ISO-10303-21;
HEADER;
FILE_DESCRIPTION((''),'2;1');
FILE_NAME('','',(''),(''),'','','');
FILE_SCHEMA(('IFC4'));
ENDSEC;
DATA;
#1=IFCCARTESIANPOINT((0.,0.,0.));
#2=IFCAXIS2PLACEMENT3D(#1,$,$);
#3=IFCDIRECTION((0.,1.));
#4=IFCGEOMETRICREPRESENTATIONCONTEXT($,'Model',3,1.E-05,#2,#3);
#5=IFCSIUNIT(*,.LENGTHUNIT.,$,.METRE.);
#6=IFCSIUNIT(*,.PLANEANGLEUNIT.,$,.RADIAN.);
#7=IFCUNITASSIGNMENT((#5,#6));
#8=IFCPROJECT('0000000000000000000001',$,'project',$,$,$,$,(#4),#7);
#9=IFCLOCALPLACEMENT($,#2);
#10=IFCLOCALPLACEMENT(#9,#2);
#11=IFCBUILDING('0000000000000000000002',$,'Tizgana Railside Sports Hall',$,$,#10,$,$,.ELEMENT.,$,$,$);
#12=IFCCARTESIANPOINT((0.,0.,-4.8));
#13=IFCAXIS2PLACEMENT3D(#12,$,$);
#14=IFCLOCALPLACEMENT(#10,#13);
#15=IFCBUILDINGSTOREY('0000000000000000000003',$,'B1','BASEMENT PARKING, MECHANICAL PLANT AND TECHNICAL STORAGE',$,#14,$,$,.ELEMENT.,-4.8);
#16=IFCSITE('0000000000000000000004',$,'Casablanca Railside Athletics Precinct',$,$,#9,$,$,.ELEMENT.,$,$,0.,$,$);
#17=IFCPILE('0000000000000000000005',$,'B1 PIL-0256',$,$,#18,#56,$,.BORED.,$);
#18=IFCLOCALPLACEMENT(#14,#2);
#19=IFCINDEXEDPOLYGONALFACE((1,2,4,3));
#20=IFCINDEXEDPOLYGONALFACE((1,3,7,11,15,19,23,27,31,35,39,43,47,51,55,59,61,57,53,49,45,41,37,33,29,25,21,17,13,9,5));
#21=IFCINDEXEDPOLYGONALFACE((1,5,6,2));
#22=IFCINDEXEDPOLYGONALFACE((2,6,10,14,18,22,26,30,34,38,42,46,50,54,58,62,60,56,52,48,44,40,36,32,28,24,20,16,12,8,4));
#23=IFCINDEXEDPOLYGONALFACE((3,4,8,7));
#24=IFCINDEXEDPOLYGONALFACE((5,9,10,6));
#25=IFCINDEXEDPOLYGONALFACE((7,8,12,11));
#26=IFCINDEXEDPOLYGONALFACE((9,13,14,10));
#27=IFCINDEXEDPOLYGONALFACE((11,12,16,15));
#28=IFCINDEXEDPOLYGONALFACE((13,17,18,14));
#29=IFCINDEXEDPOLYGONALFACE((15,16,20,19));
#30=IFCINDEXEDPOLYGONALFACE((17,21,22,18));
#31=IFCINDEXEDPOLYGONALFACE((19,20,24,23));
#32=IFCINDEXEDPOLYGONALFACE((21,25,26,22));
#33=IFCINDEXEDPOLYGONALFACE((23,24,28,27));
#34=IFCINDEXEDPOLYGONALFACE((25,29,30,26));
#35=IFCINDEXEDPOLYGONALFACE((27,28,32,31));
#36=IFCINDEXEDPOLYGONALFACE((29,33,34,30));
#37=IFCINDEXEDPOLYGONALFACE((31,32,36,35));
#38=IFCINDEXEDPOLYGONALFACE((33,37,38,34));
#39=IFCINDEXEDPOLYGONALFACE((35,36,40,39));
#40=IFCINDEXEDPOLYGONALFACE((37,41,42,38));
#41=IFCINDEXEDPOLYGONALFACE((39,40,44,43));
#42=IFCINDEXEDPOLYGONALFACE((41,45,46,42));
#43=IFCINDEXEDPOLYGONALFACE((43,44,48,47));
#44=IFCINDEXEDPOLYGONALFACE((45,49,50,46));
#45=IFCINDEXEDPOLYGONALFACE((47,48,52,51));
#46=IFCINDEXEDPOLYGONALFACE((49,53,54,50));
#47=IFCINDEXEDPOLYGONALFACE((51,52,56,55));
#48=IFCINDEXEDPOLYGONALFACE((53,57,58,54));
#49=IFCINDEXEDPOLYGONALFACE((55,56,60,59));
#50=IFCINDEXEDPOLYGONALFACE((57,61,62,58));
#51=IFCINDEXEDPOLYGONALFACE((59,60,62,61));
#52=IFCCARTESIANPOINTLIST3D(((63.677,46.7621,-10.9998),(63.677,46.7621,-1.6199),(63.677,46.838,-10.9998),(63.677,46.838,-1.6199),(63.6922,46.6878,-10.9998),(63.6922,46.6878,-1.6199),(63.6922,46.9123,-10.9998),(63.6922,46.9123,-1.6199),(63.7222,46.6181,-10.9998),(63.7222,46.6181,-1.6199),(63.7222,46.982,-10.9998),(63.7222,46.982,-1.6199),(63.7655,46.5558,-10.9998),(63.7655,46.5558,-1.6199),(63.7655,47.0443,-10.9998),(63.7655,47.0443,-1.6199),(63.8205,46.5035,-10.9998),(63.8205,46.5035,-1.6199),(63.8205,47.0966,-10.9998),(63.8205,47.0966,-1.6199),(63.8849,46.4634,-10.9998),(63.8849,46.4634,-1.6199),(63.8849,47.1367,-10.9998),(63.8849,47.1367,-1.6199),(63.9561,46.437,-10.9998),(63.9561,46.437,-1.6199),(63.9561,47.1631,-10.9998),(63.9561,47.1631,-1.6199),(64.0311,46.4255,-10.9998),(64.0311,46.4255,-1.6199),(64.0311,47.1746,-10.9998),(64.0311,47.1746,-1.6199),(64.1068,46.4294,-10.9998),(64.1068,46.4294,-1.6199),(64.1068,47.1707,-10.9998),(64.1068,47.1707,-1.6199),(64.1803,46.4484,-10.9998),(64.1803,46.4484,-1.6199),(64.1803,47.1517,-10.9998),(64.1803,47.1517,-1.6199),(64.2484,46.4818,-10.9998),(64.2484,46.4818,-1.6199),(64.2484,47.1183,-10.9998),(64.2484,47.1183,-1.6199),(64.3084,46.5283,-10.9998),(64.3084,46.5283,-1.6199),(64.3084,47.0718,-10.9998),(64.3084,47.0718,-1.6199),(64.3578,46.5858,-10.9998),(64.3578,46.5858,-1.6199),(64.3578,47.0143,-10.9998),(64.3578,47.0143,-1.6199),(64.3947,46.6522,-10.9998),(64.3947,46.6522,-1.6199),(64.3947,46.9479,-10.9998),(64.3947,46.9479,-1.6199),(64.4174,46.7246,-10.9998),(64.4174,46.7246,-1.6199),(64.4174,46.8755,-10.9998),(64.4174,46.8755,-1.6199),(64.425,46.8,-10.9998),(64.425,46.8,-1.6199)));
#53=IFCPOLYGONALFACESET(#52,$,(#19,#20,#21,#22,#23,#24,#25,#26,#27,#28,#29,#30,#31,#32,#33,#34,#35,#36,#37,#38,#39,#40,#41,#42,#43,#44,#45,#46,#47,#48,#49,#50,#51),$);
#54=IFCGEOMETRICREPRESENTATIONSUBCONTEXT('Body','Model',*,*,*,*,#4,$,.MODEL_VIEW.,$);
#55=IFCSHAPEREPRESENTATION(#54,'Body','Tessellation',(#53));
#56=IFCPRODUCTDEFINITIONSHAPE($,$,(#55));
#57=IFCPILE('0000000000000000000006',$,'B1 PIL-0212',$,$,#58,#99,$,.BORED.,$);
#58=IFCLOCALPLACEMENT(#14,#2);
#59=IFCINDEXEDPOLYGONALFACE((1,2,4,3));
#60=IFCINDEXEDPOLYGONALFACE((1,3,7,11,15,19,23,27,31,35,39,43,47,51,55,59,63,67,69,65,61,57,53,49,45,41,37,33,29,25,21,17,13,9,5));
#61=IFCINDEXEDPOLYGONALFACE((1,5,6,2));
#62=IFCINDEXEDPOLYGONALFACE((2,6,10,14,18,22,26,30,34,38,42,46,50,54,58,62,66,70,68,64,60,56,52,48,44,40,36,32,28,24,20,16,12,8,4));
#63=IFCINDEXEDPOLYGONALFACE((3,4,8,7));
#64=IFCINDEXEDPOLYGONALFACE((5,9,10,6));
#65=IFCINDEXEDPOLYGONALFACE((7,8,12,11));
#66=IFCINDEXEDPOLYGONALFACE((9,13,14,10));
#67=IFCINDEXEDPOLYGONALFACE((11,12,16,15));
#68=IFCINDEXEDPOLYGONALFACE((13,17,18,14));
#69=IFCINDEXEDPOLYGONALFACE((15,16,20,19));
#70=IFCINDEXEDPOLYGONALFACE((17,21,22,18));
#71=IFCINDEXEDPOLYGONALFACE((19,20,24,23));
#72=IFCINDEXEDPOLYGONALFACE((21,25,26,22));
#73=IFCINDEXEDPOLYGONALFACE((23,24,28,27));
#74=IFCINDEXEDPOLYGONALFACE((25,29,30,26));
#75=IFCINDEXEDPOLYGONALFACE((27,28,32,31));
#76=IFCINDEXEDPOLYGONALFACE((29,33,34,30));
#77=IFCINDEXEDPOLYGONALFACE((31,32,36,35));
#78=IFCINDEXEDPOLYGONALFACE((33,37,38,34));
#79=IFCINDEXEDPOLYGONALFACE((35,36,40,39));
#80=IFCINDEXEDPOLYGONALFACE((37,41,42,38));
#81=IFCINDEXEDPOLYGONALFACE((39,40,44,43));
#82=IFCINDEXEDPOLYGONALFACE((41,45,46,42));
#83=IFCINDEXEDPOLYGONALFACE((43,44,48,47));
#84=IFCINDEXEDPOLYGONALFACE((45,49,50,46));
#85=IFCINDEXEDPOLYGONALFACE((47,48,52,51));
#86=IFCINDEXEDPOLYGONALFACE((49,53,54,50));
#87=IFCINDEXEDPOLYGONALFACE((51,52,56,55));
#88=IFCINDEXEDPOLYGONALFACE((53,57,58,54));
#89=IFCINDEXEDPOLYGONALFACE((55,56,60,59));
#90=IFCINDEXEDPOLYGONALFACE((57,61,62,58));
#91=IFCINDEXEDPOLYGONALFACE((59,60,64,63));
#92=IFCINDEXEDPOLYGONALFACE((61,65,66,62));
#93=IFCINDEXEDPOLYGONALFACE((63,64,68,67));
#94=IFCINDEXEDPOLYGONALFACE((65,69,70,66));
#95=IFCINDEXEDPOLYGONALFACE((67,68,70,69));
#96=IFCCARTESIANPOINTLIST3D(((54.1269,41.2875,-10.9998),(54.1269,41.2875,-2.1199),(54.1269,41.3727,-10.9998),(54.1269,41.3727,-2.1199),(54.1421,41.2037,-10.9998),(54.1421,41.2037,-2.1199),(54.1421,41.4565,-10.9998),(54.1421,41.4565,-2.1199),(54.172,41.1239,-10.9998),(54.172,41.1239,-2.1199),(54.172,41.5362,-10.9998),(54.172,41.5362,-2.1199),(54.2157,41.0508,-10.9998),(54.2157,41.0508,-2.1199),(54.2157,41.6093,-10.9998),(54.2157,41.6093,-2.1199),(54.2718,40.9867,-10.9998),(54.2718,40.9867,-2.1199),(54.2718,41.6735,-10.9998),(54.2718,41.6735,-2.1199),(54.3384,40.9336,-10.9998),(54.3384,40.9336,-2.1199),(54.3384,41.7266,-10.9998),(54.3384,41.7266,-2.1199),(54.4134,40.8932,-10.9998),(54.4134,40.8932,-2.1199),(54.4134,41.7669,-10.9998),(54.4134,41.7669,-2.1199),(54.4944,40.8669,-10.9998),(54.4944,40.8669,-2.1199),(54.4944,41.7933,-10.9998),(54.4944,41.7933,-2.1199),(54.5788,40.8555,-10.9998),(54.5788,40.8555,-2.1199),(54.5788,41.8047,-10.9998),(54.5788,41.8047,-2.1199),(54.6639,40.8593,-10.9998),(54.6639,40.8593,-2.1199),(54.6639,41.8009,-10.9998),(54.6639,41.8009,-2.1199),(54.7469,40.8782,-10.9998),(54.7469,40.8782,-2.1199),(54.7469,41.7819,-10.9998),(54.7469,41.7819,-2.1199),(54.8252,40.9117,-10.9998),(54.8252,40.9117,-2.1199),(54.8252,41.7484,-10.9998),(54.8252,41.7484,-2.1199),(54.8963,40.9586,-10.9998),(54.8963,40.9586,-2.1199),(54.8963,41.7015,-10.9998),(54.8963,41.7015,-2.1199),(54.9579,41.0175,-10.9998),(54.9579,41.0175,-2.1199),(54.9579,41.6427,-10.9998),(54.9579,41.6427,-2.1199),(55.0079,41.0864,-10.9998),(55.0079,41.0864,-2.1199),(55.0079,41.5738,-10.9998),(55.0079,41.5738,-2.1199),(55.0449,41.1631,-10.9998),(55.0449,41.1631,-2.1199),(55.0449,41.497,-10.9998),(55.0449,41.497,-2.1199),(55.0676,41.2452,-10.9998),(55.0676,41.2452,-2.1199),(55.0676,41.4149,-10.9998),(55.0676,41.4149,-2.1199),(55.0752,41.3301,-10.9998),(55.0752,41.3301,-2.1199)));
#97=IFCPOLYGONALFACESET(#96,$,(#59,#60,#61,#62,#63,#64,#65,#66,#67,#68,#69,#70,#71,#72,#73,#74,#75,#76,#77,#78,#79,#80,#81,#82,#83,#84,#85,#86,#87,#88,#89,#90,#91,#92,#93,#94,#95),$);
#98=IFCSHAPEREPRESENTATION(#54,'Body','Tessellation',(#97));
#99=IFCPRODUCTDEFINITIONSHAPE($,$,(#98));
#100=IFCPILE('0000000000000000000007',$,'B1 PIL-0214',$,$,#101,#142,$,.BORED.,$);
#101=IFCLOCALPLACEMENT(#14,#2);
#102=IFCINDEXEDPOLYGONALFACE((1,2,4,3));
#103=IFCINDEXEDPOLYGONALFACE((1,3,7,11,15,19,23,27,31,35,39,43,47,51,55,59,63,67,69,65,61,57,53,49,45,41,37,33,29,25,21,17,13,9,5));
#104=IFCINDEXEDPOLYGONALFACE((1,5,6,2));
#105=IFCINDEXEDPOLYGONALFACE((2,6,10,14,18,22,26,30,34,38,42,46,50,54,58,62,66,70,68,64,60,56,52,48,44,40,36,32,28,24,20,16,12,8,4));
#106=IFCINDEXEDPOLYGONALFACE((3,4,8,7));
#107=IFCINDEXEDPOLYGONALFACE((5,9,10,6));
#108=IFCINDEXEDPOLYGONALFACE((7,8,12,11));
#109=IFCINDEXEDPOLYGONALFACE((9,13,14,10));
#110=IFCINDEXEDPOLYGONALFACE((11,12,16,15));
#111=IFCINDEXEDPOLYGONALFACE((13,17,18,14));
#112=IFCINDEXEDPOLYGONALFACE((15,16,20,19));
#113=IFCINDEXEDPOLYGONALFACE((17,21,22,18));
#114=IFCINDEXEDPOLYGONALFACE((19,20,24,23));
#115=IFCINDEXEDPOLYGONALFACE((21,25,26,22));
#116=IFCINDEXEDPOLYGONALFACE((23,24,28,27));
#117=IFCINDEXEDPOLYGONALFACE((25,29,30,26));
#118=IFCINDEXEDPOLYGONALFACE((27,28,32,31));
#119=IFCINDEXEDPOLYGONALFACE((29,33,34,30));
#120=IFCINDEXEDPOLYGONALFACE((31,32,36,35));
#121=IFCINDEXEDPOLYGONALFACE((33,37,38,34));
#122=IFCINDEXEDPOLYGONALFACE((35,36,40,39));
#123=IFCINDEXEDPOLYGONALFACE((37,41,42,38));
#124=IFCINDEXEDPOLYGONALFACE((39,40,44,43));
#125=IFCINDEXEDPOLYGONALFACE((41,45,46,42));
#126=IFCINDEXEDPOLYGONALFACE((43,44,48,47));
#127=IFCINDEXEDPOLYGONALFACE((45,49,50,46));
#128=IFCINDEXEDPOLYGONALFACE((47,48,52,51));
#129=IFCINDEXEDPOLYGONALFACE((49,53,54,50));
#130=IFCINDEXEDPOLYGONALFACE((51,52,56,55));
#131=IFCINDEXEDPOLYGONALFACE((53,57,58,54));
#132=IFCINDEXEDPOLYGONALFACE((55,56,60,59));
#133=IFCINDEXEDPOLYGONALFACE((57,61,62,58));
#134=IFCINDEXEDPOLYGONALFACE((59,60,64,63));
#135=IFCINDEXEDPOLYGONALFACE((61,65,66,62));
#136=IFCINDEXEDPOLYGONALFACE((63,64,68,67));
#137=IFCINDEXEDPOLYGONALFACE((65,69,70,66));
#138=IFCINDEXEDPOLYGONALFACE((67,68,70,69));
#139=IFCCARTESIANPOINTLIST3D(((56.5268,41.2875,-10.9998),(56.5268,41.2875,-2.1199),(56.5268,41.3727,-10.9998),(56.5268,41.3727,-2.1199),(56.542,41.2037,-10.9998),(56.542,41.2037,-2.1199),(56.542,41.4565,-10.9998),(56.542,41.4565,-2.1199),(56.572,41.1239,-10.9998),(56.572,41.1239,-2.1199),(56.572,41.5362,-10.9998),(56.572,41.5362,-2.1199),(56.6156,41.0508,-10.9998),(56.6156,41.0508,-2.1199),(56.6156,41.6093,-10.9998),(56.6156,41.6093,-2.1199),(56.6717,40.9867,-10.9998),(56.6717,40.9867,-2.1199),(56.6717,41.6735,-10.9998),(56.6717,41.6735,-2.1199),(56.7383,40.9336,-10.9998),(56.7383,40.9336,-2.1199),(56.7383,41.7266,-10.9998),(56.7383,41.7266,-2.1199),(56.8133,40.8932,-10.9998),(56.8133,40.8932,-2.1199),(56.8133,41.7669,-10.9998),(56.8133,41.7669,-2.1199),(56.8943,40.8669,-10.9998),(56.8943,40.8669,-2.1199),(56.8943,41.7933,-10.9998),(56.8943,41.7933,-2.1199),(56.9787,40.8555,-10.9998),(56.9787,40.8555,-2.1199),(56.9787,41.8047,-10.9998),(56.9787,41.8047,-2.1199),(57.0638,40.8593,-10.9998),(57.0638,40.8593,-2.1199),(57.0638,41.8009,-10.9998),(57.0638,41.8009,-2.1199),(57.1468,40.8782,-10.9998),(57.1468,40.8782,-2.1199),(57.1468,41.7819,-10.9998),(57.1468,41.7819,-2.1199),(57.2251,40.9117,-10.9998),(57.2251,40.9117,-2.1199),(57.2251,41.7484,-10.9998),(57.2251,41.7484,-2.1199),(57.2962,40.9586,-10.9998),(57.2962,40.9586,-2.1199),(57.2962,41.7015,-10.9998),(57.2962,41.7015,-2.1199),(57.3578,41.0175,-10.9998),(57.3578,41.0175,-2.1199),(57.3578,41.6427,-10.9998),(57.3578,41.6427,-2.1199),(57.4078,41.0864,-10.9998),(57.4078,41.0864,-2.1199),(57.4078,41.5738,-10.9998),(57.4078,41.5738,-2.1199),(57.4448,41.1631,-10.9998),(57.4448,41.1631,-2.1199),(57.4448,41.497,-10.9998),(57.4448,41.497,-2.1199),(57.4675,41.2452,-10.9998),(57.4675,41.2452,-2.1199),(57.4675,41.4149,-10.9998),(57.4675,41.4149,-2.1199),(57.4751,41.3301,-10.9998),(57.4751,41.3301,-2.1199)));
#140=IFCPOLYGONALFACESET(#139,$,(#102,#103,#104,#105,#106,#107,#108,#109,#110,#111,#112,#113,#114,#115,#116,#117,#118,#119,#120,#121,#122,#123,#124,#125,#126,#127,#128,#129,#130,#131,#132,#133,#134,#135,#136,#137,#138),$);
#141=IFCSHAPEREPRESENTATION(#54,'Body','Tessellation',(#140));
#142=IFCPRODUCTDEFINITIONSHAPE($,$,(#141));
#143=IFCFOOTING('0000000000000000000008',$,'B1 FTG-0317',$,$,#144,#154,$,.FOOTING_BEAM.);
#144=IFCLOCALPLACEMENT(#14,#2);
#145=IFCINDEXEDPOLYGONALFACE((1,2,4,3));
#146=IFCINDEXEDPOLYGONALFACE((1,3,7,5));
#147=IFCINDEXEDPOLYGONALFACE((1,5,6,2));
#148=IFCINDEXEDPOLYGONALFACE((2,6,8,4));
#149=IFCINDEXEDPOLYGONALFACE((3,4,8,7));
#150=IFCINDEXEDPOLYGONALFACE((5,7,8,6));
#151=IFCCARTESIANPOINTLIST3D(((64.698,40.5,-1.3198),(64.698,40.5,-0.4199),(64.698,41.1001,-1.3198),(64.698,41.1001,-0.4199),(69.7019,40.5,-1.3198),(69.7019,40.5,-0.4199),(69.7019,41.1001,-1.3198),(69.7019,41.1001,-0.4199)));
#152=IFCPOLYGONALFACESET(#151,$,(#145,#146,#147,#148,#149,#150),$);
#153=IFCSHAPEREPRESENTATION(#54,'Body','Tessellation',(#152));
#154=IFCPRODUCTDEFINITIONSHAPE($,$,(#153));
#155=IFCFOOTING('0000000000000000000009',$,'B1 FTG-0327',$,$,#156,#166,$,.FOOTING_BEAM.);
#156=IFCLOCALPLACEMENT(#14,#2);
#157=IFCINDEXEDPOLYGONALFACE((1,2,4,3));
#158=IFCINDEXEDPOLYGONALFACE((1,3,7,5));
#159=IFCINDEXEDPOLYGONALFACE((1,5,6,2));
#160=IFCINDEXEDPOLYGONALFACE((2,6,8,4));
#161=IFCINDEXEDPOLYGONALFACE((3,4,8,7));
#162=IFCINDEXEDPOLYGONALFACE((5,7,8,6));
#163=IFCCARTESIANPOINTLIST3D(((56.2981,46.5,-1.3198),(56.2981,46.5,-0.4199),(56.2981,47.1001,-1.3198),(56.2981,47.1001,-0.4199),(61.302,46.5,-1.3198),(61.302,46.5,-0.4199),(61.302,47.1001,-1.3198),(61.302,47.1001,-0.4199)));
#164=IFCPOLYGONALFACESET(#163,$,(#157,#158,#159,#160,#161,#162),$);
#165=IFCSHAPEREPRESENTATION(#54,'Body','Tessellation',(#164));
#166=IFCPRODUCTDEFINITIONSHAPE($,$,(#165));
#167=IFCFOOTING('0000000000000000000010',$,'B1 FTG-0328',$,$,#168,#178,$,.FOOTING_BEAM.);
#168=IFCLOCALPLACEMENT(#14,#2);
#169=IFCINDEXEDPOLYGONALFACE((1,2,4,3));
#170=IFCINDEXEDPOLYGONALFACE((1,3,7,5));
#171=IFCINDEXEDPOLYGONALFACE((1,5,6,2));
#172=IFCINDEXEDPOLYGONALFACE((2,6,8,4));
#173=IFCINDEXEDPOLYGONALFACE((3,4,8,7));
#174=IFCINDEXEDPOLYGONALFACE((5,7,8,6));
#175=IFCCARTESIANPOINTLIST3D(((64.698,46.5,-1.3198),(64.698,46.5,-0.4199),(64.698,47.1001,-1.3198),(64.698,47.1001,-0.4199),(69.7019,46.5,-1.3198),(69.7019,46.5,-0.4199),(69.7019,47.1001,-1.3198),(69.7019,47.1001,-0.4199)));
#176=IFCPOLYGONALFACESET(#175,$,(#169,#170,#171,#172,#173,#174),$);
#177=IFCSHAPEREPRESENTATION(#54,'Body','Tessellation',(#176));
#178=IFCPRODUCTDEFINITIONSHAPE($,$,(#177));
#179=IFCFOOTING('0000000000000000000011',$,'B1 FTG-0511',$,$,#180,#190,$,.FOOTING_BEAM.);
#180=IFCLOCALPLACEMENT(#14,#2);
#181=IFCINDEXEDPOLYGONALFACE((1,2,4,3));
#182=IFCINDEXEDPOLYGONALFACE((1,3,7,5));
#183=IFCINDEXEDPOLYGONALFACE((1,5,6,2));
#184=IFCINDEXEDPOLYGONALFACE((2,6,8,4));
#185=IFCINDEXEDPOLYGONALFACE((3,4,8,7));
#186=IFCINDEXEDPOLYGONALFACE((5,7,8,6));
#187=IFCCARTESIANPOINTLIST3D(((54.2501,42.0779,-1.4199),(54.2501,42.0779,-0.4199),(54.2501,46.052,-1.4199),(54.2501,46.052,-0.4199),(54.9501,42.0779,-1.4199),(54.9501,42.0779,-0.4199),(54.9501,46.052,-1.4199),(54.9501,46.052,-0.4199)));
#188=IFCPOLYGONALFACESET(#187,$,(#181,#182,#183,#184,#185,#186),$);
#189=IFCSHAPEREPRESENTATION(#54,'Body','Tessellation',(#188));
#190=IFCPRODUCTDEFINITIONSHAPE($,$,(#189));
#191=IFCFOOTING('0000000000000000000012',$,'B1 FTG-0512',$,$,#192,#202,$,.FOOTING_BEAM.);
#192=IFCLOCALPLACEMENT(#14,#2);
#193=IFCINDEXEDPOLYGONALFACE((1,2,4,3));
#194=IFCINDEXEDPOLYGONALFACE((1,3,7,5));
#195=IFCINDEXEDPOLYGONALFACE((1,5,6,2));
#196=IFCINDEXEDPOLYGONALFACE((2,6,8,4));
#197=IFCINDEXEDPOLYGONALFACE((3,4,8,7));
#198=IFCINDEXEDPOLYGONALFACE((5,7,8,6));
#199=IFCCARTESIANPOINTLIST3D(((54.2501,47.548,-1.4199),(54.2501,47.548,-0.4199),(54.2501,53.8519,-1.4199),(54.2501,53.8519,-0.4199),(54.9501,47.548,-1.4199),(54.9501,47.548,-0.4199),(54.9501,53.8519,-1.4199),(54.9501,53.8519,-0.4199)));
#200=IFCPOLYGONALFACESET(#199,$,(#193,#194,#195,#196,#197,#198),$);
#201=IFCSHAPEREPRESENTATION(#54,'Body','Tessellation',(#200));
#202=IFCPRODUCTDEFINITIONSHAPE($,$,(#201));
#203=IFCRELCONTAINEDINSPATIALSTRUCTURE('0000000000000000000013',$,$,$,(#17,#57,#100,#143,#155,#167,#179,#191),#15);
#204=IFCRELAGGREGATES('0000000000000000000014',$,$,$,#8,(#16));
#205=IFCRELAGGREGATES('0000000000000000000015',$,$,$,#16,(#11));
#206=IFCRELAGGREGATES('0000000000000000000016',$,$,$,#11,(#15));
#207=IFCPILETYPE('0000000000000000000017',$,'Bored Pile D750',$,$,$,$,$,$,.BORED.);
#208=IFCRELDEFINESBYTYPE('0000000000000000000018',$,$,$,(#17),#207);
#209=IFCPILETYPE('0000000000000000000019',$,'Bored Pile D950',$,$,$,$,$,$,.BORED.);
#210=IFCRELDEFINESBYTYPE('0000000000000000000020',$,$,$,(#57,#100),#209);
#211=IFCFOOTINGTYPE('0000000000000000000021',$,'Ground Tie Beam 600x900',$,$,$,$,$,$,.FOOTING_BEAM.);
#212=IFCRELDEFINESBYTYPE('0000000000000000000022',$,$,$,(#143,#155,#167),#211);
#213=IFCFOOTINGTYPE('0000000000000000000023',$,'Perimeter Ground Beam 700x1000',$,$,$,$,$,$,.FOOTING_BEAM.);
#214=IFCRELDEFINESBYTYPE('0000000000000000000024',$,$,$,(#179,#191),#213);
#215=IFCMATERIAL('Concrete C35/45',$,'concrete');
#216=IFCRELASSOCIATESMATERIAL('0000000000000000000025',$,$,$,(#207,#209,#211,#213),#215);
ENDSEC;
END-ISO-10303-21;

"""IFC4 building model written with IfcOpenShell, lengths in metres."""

from ifc_helpers import new_model, si_unit, direction, frame, origin, origin_2d, place, context, subcontext, project, spatial, rectangle, circle, extrude, material, material_profile, profile_set, type_object, element, save


model = new_model("IFC4")

# Units and contexts
model_context = context("Model", 3, precision=1e-05, world=origin(), true_north=direction((0.0, 1.0)))
body_context = subcontext(model_context, "Body", "Model", "MODEL_VIEW")
ifc_project = project(units=[si_unit("LENGTHUNIT", "METRE"), si_unit("PLANEANGLEUNIT", "RADIAN")], contexts=[model_context])

# Site, building, storey
site_placement = place(None, origin())
site = spatial("IfcSite", under=ifc_project, at=site_placement, Name="Casablanca Railside Athletics Precinct", CompositionType="ELEMENT", RefElevation=0.0)
building_placement = place(site_placement, origin())
building = spatial("IfcBuilding", under=site, at=building_placement, Name="Tizgana Railside Sports Hall", CompositionType="ELEMENT")
storey_placement = place(building_placement, frame((0.0, 0.0, -4.8)))
storey = spatial("IfcBuildingStorey", under=building, at=storey_placement, Name="B1", Description="BASEMENT PARKING, MECHANICAL PLANT AND TECHNICAL STORAGE", CompositionType="ELEMENT", Elevation=-4.8)

# Piles
ifc_material_1 = material(Name="Concrete C35/45", Category="concrete")
ifc_material_profile_1 = material_profile(ifc_material_1, circle(Radius=0.375, at=origin_2d()), Name="PILE D750")
ifc_profile_set_1 = profile_set([ifc_material_profile_1], Name="Concrete C35/45")
pile_type_1 = type_object("IfcPileType", Name="Bored Pile D750", PredefinedType="BORED", material=ifc_profile_set_1)
for number, where, z_axis, x_axis, name in (
    (1, (64.05, 46.8, -1.6199), (0.0, 0.0, -1.0), (1.0, 0.0, 0.0), "B1 PIL-0256"),
):
    element("IfcPile", number, at=place(storey_placement, frame(where, z_axis=z_axis, x_axis=x_axis)), inside=storey, type_object=pile_type_1, Name=name, PredefinedType="BORED", context=body_context, shape_type="SweptSolid", body=[
        extrude(circle(Radius=0.375, at=origin_2d()), origin(), (0.0, 0.0, 1.0), 9.3799),
    ])
ifc_material_profile_2 = material_profile(ifc_material_1, circle(Radius=0.4751, at=origin_2d()), Name="PILE D950")
ifc_profile_set_2 = profile_set([ifc_material_profile_2], Name="Concrete C35/45")
pile_type_2 = type_object("IfcPileType", Name="Bored Pile D950", PredefinedType="BORED", material=ifc_profile_set_2)
for number, where, z_axis, x_axis, name in (
    (2, (54.6001, 41.3301, -2.1199), (0.0, 0.0, -1.0), (1.0, 0.0, 0.0), "B1 PIL-0212"),
    (3, (57.0, 41.3301, -2.1199), (0.0, 0.0, -1.0), (1.0, 0.0, 0.0), "B1 PIL-0214"),
):
    element("IfcPile", number, at=place(storey_placement, frame(where, z_axis=z_axis, x_axis=x_axis)), inside=storey, type_object=pile_type_2, Name=name, PredefinedType="BORED", context=body_context, shape_type="SweptSolid", body=[
        extrude(circle(Radius=0.4751, at=origin_2d()), origin(), (0.0, 0.0, 1.0), 8.8799),
    ])

# Footings
footing_type_1 = type_object("IfcFootingType", Name="Ground Tie Beam 600x900", PredefinedType="FOOTING_BEAM", material=ifc_material_1)
for number, where, z_axis, x_axis, name in (
    (4, (67.2, 40.8, -1.3198), (0.0, 0.0, 1.0), (1.0, 0.0, 0.0), "B1 FTG-0317"),
    (5, (58.8, 46.8, -1.3198), (0.0, 0.0, 1.0), (1.0, 0.0, 0.0), "B1 FTG-0327"),
    (6, (67.2, 46.8, -1.3198), (0.0, 0.0, 1.0), (1.0, 0.0, 0.0), "B1 FTG-0328"),
):
    element("IfcFooting", number, at=place(storey_placement, frame(where, z_axis=z_axis, x_axis=x_axis)), inside=storey, type_object=footing_type_1, Name=name, PredefinedType="FOOTING_BEAM", context=body_context, shape_type="SweptSolid", body=[
        extrude(rectangle(XDim=5.0039, YDim=0.6001, at=origin_2d()), origin(), (0.0, 0.0, 1.0), 0.8999),
    ])
footing_type_2 = type_object("IfcFootingType", Name="Perimeter Ground Beam 700x1000", PredefinedType="FOOTING_BEAM", material=ifc_material_1)
footing_1_placement = place(storey_placement, frame((54.6001, 44.0649, -1.4199), z_axis=(0.0, 0.0, 1.0), x_axis=(0.0, 1.0, 0.0)))
element("IfcFooting", 7, at=footing_1_placement, inside=storey, type_object=footing_type_2, Name="B1 FTG-0511", PredefinedType="FOOTING_BEAM", context=body_context, shape_type="SweptSolid", body=[
    extrude(rectangle(XDim=3.9741, YDim=0.7, at=origin_2d()), origin(), (0.0, 0.0, 1.0), 1.0),
])
footing_2_placement = place(storey_placement, frame((54.6001, 50.7, -1.4199), z_axis=(0.0, 0.0, 1.0), x_axis=(0.0, 1.0, 0.0)))
element("IfcFooting", 8, at=footing_2_placement, inside=storey, type_object=footing_type_2, Name="B1 FTG-0512", PredefinedType="FOOTING_BEAM", context=body_context, shape_type="SweptSolid", body=[
    extrude(rectangle(XDim=6.304, YDim=0.7, at=origin_2d()), origin(), (0.0, 0.0, 1.0), 1.0),
])

save(model, "model.ifc")
